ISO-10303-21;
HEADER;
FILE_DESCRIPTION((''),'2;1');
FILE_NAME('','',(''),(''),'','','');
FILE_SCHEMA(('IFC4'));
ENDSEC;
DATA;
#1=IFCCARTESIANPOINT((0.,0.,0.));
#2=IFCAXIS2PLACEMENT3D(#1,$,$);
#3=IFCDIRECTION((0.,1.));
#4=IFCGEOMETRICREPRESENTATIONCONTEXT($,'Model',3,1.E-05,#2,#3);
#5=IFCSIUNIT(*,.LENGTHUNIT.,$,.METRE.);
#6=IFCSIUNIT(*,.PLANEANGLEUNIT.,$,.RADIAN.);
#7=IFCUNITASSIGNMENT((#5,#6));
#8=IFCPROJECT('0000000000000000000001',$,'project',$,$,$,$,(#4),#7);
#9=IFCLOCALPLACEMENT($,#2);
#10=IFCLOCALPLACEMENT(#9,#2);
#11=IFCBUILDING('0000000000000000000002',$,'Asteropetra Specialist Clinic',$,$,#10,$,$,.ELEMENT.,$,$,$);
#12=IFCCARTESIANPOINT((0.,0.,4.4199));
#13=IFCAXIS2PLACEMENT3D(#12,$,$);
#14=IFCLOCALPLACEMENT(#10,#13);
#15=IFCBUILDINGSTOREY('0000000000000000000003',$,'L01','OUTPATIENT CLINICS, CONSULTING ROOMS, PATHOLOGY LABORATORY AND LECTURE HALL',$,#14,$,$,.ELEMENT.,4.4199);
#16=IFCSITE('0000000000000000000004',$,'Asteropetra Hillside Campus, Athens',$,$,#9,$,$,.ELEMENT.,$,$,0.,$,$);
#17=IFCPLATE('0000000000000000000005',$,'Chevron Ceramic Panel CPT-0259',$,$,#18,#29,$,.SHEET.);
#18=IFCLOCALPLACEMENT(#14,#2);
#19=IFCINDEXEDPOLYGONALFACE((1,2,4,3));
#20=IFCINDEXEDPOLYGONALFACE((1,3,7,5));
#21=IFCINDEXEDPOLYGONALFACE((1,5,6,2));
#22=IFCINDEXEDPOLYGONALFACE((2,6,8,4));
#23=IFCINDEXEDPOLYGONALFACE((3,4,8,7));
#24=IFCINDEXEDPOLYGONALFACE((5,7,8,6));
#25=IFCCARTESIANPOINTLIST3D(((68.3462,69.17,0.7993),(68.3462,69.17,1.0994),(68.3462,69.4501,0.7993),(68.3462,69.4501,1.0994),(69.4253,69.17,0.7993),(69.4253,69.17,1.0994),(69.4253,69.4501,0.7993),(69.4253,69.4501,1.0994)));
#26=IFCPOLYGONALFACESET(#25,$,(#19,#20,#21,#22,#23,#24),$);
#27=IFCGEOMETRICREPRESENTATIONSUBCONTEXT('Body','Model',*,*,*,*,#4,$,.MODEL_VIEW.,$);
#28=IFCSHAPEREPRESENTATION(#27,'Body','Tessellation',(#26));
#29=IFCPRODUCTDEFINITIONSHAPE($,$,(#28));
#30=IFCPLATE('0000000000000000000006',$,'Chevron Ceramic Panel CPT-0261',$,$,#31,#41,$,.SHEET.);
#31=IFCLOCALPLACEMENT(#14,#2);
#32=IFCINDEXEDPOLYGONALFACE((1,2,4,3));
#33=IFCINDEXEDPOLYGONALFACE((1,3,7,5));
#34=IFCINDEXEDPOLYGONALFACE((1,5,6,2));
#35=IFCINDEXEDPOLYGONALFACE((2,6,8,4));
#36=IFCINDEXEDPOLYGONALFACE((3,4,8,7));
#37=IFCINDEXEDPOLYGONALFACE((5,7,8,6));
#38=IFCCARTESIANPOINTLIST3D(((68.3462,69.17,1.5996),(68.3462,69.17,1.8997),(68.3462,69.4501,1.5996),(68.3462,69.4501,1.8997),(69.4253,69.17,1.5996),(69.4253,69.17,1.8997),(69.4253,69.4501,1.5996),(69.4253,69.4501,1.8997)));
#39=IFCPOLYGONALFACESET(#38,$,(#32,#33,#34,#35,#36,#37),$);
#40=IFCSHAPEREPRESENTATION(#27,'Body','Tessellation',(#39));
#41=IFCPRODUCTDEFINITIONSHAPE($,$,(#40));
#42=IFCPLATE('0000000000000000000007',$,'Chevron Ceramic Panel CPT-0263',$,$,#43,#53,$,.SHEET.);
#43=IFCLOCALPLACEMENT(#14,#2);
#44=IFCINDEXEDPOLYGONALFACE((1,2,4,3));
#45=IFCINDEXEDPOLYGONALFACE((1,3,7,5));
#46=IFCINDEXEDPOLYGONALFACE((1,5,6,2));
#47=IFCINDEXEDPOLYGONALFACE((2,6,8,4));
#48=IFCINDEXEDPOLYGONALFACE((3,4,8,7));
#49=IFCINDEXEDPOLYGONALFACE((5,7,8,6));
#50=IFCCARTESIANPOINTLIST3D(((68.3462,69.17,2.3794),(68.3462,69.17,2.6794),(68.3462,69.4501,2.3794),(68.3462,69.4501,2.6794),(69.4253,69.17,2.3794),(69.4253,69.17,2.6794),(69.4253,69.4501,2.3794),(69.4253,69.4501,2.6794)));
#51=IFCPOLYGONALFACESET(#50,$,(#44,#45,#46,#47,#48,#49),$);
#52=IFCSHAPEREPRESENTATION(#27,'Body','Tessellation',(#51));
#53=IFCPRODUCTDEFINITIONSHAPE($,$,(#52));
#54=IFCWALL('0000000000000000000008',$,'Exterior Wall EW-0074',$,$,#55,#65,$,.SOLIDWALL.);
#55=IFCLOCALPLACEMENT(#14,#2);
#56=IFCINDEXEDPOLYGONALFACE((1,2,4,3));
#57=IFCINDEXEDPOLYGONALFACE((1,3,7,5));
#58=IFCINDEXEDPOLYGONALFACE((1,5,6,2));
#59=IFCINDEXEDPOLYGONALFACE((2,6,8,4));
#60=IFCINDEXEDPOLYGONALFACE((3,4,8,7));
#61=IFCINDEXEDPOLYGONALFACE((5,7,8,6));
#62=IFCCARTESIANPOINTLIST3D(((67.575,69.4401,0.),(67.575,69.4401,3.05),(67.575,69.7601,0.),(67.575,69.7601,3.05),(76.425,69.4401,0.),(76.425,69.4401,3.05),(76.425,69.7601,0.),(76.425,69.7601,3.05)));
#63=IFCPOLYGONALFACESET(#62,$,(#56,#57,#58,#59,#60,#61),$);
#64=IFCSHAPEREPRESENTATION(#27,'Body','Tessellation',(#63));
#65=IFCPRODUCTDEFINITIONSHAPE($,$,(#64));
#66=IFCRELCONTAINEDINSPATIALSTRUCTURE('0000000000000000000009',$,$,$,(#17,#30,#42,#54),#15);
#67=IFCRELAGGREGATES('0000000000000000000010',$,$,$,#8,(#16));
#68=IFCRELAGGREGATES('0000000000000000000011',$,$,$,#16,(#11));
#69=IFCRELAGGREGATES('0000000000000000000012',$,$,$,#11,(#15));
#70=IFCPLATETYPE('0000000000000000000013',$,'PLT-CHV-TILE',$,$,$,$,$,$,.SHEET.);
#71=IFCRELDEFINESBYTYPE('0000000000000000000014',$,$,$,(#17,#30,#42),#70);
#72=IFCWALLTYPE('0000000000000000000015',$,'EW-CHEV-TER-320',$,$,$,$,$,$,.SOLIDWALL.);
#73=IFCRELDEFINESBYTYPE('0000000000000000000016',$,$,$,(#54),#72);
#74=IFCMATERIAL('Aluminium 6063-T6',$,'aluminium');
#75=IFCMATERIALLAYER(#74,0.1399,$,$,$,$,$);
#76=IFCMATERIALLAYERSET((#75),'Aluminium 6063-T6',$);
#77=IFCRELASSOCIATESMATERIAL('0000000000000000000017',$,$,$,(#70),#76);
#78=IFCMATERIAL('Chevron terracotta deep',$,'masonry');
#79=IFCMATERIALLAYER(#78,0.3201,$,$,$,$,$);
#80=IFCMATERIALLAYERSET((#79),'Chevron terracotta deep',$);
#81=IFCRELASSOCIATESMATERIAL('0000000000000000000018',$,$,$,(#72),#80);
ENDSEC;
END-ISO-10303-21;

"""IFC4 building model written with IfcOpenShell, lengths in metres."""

from ifc_helpers import new_model, si_unit, direction, frame, frame_2d, origin, origin_2d, place, context, subcontext, project, spatial, rectangle, extrude, material, layer, layer_set, type_object, element, save


model = new_model("IFC4")

# Units and contexts
model_context = context("Model", 3, precision=1e-05, world=origin(), true_north=direction((0.0, 1.0)))
body_context = subcontext(model_context, "Body", "Model", "MODEL_VIEW")
ifc_project = project(units=[si_unit("LENGTHUNIT", "METRE"), si_unit("PLANEANGLEUNIT", "RADIAN")], contexts=[model_context])

# Site, building, storey
site_placement = place(None, origin())
site = spatial("IfcSite", under=ifc_project, at=site_placement, Name="Asteropetra Hillside Campus, Athens", CompositionType="ELEMENT", RefElevation=0.0)
building_placement = place(site_placement, origin())
building = spatial("IfcBuilding", under=site, at=building_placement, Name="Asteropetra Specialist Clinic", CompositionType="ELEMENT")
storey_placement = place(building_placement, frame((0.0, 0.0, 4.4199)))
storey = spatial("IfcBuildingStorey", under=building, at=storey_placement, Name="L01", Description="OUTPATIENT CLINICS, CONSULTING ROOMS, PATHOLOGY LABORATORY AND LECTURE HALL", CompositionType="ELEMENT", Elevation=4.4199)

# Plates
ifc_material_1 = material(Name="Aluminium 6063-T6", Category="aluminium")
ifc_layer_1 = layer(ifc_material_1, 0.1399)
ifc_layer_set_1 = layer_set([ifc_layer_1], Name="Aluminium 6063-T6")
plate_type_1 = type_object("IfcPlateType", Name="PLT-CHV-TILE", PredefinedType="SHEET", material=ifc_layer_set_1)
for number, where, z_axis, x_axis, name in (
    (1, (68.8857, 69.3101, 0.7993), (0.0, 0.0, 1.0), (1.0, 0.0, 0.0), "Chevron Ceramic Panel CPT-0259"),
    (2, (68.8857, 69.3101, 1.5996), (0.0, 0.0, 1.0), (1.0, 0.0, 0.0), "Chevron Ceramic Panel CPT-0261"),
    (3, (68.8857, 69.3101, 2.3794), (0.0, 0.0, 1.0), (1.0, 0.0, 0.0), "Chevron Ceramic Panel CPT-0263"),
):
    element("IfcPlate", number, at=place(storey_placement, frame(where, z_axis=z_axis, x_axis=x_axis)), inside=storey, type_object=plate_type_1, Name=name, PredefinedType="SHEET", context=body_context, shape_type="SweptSolid", body=[
        extrude(rectangle(XDim=1.0791, YDim=0.28, at=origin_2d()), origin(), (0.0, 0.0, 1.0), 0.3),
    ])

# Wall
ifc_material_2 = material(Name="Chevron terracotta deep", Category="masonry")
ifc_layer_2 = layer(ifc_material_2, 0.3201)
ifc_layer_set_2 = layer_set([ifc_layer_2], Name="Chevron terracotta deep")
wall_type = type_object("IfcWallType", Name="EW-CHEV-TER-320", PredefinedType="SOLIDWALL", material=ifc_layer_set_2)
wall_placement = place(storey_placement, frame((67.575, 69.6001, 0.0), z_axis=(0.0, 0.0, 1.0), x_axis=(1.0, 0.0, 0.0)))
element("IfcWall", 4, at=wall_placement, inside=storey, type_object=wall_type, Name="Exterior Wall EW-0074", PredefinedType="SOLIDWALL", context=body_context, shape_type="SweptSolid", body=[
    extrude(rectangle(XDim=8.8501, YDim=0.3201, at=frame_2d((4.425, 0.0))), origin(), (0.0, 0.0, 1.0), 3.05),
])

save(model, "model.ifc")
